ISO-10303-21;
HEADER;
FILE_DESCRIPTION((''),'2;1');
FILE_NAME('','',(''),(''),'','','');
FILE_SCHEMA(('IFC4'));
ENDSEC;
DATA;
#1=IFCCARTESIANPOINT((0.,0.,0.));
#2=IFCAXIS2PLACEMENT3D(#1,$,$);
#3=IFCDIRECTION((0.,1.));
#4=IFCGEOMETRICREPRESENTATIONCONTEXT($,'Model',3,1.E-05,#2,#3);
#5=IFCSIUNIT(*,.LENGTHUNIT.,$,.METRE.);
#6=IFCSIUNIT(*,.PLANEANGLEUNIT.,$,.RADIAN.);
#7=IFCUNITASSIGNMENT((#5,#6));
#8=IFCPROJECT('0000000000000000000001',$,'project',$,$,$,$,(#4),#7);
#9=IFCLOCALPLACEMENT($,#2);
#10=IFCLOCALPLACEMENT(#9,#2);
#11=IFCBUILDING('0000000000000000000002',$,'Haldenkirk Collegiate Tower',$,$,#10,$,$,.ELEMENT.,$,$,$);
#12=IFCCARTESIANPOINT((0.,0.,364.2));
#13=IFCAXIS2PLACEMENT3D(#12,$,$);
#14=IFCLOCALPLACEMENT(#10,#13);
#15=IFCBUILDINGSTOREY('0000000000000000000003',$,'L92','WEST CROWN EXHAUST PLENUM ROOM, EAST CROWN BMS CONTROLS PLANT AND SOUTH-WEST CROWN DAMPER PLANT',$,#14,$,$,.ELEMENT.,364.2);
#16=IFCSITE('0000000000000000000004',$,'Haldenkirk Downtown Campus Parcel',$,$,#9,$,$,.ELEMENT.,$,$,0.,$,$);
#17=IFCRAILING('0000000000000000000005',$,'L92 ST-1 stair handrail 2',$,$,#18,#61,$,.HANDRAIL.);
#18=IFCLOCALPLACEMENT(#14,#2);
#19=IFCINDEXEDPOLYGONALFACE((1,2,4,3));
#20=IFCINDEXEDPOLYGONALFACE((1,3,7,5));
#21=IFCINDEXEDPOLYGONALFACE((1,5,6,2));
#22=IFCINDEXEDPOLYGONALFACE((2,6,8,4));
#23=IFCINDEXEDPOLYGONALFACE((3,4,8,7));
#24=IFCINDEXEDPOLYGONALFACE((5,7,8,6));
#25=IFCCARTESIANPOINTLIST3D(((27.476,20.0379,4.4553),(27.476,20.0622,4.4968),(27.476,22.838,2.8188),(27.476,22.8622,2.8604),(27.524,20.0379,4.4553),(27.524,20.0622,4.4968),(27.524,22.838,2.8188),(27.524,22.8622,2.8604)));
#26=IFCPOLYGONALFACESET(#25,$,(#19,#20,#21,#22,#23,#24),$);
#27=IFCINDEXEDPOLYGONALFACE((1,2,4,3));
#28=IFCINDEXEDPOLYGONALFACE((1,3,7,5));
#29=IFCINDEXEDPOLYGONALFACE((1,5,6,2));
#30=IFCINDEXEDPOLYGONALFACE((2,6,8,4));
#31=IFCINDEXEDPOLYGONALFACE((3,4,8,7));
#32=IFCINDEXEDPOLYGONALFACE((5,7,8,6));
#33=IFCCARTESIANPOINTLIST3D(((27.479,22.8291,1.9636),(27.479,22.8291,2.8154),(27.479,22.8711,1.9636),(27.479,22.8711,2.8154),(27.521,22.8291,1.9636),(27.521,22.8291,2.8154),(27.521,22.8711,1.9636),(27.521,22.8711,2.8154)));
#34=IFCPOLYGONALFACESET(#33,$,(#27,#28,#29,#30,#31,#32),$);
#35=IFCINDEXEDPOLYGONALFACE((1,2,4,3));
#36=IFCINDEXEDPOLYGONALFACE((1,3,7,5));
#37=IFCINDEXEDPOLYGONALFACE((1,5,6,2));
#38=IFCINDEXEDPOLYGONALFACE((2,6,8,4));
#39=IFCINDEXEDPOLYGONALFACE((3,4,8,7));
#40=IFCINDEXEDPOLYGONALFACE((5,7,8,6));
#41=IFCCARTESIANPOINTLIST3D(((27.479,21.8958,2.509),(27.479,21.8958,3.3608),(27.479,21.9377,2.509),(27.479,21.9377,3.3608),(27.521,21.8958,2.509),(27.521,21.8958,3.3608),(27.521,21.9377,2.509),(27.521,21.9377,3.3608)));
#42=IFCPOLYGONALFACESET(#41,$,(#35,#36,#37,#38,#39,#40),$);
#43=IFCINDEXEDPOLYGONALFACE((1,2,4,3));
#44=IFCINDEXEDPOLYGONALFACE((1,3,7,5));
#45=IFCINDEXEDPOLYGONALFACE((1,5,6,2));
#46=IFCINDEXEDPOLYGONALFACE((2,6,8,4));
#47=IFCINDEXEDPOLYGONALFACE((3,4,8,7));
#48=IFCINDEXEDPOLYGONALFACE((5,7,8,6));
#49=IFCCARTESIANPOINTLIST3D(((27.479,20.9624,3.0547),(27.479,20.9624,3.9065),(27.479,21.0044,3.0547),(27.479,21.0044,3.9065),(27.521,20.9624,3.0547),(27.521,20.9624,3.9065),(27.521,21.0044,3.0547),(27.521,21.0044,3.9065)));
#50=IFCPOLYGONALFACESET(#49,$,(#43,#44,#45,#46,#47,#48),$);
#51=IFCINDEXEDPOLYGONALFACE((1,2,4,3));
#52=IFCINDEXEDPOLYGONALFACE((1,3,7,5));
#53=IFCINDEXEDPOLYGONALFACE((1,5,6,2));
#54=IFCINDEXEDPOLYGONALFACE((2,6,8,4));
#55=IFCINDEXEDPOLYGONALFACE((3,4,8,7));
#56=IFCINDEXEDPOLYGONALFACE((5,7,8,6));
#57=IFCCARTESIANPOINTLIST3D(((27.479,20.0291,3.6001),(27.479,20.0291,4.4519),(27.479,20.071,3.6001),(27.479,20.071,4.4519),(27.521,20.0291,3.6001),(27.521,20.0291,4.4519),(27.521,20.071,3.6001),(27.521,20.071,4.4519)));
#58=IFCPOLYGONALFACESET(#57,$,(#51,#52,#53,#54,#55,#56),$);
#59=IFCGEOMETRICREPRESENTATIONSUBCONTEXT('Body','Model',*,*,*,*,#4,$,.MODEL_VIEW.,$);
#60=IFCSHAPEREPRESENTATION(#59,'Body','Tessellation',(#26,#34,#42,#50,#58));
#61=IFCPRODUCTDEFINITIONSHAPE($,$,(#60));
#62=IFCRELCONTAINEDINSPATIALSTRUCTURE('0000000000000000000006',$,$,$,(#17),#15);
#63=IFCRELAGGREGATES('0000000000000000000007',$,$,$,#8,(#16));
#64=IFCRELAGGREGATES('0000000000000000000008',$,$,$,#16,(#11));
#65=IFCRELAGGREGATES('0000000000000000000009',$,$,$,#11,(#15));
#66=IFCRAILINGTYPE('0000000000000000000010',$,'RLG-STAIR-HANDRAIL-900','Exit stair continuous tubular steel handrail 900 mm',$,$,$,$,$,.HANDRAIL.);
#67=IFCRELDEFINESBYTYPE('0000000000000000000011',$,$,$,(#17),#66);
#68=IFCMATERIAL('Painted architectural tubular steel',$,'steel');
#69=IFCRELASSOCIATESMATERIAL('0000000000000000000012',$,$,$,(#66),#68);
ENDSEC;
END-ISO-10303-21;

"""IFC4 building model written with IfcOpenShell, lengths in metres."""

from ifc_helpers import new_model, si_unit, direction, frame, origin, origin_2d, place, context, subcontext, project, spatial, rectangle, extrude, material, type_object, element, save


model = new_model("IFC4")

# Units and contexts
model_context = context("Model", 3, precision=1e-05, world=origin(), true_north=direction((0.0, 1.0)))
body_context = subcontext(model_context, "Body", "Model", "MODEL_VIEW")
ifc_project = project(units=[si_unit("LENGTHUNIT", "METRE"), si_unit("PLANEANGLEUNIT", "RADIAN")], contexts=[model_context])

# Site, building, storey
site_placement = place(None, origin())
site = spatial("IfcSite", under=ifc_project, at=site_placement, Name="Haldenkirk Downtown Campus Parcel", CompositionType="ELEMENT", RefElevation=0.0)
building_placement = place(site_placement, origin())
building = spatial("IfcBuilding", under=site, at=building_placement, Name="Haldenkirk Collegiate Tower", CompositionType="ELEMENT")
storey_placement = place(building_placement, frame((0.0, 0.0, 364.2)))
storey = spatial("IfcBuildingStorey", under=building, at=storey_placement, Name="L92", Description="WEST CROWN EXHAUST PLENUM ROOM, EAST CROWN BMS CONTROLS PLANT AND SOUTH-WEST CROWN DAMPER PLANT", CompositionType="ELEMENT", Elevation=364.2)

# Railing
ifc_material_1 = material(Name="Painted architectural tubular steel", Category="steel")
railing_type_1 = type_object("IfcRailingType", Name="RLG-STAIR-HANDRAIL-900", Description="Exit stair continuous tubular steel handrail 900 mm", PredefinedType="HANDRAIL", material=ifc_material_1)
railing_1_placement = place(storey_placement, frame((27.5, 22.8501, 1.9636)))
element("IfcRailing", 1, at=railing_1_placement, inside=storey, type_object=railing_type_1, Name="L92 ST-1 stair handrail 2", PredefinedType="HANDRAIL", context=body_context, shape_type="SweptSolid", body=[
    extrude(rectangle(XDim=0.0481, YDim=0.0481, at=origin_2d()), frame((0.0, 0.0, 0.876), z_axis=(0.0, -0.863361, 0.504587), x_axis=(1.0, 0.0, 0.0)), (0.0, 0.0, 1.0), 3.2432),
    extrude(rectangle(XDim=0.042, YDim=0.042, at=origin_2d()), origin(), (0.0, 0.0, 1.0), 0.8518),
    extrude(rectangle(XDim=0.042, YDim=0.042, at=origin_2d()), frame((0.0, -0.9333, 0.5454)), (0.0, 0.0, 1.0), 0.8518),
    extrude(rectangle(XDim=0.042, YDim=0.042, at=origin_2d()), frame((0.0, -1.8667, 1.0911)), (0.0, 0.0, 1.0), 0.8518),
    extrude(rectangle(XDim=0.042, YDim=0.042, at=origin_2d()), frame((0.0, -2.8, 1.6365)), (0.0, 0.0, 1.0), 0.8518),
])

save(model, "model.ifc")
